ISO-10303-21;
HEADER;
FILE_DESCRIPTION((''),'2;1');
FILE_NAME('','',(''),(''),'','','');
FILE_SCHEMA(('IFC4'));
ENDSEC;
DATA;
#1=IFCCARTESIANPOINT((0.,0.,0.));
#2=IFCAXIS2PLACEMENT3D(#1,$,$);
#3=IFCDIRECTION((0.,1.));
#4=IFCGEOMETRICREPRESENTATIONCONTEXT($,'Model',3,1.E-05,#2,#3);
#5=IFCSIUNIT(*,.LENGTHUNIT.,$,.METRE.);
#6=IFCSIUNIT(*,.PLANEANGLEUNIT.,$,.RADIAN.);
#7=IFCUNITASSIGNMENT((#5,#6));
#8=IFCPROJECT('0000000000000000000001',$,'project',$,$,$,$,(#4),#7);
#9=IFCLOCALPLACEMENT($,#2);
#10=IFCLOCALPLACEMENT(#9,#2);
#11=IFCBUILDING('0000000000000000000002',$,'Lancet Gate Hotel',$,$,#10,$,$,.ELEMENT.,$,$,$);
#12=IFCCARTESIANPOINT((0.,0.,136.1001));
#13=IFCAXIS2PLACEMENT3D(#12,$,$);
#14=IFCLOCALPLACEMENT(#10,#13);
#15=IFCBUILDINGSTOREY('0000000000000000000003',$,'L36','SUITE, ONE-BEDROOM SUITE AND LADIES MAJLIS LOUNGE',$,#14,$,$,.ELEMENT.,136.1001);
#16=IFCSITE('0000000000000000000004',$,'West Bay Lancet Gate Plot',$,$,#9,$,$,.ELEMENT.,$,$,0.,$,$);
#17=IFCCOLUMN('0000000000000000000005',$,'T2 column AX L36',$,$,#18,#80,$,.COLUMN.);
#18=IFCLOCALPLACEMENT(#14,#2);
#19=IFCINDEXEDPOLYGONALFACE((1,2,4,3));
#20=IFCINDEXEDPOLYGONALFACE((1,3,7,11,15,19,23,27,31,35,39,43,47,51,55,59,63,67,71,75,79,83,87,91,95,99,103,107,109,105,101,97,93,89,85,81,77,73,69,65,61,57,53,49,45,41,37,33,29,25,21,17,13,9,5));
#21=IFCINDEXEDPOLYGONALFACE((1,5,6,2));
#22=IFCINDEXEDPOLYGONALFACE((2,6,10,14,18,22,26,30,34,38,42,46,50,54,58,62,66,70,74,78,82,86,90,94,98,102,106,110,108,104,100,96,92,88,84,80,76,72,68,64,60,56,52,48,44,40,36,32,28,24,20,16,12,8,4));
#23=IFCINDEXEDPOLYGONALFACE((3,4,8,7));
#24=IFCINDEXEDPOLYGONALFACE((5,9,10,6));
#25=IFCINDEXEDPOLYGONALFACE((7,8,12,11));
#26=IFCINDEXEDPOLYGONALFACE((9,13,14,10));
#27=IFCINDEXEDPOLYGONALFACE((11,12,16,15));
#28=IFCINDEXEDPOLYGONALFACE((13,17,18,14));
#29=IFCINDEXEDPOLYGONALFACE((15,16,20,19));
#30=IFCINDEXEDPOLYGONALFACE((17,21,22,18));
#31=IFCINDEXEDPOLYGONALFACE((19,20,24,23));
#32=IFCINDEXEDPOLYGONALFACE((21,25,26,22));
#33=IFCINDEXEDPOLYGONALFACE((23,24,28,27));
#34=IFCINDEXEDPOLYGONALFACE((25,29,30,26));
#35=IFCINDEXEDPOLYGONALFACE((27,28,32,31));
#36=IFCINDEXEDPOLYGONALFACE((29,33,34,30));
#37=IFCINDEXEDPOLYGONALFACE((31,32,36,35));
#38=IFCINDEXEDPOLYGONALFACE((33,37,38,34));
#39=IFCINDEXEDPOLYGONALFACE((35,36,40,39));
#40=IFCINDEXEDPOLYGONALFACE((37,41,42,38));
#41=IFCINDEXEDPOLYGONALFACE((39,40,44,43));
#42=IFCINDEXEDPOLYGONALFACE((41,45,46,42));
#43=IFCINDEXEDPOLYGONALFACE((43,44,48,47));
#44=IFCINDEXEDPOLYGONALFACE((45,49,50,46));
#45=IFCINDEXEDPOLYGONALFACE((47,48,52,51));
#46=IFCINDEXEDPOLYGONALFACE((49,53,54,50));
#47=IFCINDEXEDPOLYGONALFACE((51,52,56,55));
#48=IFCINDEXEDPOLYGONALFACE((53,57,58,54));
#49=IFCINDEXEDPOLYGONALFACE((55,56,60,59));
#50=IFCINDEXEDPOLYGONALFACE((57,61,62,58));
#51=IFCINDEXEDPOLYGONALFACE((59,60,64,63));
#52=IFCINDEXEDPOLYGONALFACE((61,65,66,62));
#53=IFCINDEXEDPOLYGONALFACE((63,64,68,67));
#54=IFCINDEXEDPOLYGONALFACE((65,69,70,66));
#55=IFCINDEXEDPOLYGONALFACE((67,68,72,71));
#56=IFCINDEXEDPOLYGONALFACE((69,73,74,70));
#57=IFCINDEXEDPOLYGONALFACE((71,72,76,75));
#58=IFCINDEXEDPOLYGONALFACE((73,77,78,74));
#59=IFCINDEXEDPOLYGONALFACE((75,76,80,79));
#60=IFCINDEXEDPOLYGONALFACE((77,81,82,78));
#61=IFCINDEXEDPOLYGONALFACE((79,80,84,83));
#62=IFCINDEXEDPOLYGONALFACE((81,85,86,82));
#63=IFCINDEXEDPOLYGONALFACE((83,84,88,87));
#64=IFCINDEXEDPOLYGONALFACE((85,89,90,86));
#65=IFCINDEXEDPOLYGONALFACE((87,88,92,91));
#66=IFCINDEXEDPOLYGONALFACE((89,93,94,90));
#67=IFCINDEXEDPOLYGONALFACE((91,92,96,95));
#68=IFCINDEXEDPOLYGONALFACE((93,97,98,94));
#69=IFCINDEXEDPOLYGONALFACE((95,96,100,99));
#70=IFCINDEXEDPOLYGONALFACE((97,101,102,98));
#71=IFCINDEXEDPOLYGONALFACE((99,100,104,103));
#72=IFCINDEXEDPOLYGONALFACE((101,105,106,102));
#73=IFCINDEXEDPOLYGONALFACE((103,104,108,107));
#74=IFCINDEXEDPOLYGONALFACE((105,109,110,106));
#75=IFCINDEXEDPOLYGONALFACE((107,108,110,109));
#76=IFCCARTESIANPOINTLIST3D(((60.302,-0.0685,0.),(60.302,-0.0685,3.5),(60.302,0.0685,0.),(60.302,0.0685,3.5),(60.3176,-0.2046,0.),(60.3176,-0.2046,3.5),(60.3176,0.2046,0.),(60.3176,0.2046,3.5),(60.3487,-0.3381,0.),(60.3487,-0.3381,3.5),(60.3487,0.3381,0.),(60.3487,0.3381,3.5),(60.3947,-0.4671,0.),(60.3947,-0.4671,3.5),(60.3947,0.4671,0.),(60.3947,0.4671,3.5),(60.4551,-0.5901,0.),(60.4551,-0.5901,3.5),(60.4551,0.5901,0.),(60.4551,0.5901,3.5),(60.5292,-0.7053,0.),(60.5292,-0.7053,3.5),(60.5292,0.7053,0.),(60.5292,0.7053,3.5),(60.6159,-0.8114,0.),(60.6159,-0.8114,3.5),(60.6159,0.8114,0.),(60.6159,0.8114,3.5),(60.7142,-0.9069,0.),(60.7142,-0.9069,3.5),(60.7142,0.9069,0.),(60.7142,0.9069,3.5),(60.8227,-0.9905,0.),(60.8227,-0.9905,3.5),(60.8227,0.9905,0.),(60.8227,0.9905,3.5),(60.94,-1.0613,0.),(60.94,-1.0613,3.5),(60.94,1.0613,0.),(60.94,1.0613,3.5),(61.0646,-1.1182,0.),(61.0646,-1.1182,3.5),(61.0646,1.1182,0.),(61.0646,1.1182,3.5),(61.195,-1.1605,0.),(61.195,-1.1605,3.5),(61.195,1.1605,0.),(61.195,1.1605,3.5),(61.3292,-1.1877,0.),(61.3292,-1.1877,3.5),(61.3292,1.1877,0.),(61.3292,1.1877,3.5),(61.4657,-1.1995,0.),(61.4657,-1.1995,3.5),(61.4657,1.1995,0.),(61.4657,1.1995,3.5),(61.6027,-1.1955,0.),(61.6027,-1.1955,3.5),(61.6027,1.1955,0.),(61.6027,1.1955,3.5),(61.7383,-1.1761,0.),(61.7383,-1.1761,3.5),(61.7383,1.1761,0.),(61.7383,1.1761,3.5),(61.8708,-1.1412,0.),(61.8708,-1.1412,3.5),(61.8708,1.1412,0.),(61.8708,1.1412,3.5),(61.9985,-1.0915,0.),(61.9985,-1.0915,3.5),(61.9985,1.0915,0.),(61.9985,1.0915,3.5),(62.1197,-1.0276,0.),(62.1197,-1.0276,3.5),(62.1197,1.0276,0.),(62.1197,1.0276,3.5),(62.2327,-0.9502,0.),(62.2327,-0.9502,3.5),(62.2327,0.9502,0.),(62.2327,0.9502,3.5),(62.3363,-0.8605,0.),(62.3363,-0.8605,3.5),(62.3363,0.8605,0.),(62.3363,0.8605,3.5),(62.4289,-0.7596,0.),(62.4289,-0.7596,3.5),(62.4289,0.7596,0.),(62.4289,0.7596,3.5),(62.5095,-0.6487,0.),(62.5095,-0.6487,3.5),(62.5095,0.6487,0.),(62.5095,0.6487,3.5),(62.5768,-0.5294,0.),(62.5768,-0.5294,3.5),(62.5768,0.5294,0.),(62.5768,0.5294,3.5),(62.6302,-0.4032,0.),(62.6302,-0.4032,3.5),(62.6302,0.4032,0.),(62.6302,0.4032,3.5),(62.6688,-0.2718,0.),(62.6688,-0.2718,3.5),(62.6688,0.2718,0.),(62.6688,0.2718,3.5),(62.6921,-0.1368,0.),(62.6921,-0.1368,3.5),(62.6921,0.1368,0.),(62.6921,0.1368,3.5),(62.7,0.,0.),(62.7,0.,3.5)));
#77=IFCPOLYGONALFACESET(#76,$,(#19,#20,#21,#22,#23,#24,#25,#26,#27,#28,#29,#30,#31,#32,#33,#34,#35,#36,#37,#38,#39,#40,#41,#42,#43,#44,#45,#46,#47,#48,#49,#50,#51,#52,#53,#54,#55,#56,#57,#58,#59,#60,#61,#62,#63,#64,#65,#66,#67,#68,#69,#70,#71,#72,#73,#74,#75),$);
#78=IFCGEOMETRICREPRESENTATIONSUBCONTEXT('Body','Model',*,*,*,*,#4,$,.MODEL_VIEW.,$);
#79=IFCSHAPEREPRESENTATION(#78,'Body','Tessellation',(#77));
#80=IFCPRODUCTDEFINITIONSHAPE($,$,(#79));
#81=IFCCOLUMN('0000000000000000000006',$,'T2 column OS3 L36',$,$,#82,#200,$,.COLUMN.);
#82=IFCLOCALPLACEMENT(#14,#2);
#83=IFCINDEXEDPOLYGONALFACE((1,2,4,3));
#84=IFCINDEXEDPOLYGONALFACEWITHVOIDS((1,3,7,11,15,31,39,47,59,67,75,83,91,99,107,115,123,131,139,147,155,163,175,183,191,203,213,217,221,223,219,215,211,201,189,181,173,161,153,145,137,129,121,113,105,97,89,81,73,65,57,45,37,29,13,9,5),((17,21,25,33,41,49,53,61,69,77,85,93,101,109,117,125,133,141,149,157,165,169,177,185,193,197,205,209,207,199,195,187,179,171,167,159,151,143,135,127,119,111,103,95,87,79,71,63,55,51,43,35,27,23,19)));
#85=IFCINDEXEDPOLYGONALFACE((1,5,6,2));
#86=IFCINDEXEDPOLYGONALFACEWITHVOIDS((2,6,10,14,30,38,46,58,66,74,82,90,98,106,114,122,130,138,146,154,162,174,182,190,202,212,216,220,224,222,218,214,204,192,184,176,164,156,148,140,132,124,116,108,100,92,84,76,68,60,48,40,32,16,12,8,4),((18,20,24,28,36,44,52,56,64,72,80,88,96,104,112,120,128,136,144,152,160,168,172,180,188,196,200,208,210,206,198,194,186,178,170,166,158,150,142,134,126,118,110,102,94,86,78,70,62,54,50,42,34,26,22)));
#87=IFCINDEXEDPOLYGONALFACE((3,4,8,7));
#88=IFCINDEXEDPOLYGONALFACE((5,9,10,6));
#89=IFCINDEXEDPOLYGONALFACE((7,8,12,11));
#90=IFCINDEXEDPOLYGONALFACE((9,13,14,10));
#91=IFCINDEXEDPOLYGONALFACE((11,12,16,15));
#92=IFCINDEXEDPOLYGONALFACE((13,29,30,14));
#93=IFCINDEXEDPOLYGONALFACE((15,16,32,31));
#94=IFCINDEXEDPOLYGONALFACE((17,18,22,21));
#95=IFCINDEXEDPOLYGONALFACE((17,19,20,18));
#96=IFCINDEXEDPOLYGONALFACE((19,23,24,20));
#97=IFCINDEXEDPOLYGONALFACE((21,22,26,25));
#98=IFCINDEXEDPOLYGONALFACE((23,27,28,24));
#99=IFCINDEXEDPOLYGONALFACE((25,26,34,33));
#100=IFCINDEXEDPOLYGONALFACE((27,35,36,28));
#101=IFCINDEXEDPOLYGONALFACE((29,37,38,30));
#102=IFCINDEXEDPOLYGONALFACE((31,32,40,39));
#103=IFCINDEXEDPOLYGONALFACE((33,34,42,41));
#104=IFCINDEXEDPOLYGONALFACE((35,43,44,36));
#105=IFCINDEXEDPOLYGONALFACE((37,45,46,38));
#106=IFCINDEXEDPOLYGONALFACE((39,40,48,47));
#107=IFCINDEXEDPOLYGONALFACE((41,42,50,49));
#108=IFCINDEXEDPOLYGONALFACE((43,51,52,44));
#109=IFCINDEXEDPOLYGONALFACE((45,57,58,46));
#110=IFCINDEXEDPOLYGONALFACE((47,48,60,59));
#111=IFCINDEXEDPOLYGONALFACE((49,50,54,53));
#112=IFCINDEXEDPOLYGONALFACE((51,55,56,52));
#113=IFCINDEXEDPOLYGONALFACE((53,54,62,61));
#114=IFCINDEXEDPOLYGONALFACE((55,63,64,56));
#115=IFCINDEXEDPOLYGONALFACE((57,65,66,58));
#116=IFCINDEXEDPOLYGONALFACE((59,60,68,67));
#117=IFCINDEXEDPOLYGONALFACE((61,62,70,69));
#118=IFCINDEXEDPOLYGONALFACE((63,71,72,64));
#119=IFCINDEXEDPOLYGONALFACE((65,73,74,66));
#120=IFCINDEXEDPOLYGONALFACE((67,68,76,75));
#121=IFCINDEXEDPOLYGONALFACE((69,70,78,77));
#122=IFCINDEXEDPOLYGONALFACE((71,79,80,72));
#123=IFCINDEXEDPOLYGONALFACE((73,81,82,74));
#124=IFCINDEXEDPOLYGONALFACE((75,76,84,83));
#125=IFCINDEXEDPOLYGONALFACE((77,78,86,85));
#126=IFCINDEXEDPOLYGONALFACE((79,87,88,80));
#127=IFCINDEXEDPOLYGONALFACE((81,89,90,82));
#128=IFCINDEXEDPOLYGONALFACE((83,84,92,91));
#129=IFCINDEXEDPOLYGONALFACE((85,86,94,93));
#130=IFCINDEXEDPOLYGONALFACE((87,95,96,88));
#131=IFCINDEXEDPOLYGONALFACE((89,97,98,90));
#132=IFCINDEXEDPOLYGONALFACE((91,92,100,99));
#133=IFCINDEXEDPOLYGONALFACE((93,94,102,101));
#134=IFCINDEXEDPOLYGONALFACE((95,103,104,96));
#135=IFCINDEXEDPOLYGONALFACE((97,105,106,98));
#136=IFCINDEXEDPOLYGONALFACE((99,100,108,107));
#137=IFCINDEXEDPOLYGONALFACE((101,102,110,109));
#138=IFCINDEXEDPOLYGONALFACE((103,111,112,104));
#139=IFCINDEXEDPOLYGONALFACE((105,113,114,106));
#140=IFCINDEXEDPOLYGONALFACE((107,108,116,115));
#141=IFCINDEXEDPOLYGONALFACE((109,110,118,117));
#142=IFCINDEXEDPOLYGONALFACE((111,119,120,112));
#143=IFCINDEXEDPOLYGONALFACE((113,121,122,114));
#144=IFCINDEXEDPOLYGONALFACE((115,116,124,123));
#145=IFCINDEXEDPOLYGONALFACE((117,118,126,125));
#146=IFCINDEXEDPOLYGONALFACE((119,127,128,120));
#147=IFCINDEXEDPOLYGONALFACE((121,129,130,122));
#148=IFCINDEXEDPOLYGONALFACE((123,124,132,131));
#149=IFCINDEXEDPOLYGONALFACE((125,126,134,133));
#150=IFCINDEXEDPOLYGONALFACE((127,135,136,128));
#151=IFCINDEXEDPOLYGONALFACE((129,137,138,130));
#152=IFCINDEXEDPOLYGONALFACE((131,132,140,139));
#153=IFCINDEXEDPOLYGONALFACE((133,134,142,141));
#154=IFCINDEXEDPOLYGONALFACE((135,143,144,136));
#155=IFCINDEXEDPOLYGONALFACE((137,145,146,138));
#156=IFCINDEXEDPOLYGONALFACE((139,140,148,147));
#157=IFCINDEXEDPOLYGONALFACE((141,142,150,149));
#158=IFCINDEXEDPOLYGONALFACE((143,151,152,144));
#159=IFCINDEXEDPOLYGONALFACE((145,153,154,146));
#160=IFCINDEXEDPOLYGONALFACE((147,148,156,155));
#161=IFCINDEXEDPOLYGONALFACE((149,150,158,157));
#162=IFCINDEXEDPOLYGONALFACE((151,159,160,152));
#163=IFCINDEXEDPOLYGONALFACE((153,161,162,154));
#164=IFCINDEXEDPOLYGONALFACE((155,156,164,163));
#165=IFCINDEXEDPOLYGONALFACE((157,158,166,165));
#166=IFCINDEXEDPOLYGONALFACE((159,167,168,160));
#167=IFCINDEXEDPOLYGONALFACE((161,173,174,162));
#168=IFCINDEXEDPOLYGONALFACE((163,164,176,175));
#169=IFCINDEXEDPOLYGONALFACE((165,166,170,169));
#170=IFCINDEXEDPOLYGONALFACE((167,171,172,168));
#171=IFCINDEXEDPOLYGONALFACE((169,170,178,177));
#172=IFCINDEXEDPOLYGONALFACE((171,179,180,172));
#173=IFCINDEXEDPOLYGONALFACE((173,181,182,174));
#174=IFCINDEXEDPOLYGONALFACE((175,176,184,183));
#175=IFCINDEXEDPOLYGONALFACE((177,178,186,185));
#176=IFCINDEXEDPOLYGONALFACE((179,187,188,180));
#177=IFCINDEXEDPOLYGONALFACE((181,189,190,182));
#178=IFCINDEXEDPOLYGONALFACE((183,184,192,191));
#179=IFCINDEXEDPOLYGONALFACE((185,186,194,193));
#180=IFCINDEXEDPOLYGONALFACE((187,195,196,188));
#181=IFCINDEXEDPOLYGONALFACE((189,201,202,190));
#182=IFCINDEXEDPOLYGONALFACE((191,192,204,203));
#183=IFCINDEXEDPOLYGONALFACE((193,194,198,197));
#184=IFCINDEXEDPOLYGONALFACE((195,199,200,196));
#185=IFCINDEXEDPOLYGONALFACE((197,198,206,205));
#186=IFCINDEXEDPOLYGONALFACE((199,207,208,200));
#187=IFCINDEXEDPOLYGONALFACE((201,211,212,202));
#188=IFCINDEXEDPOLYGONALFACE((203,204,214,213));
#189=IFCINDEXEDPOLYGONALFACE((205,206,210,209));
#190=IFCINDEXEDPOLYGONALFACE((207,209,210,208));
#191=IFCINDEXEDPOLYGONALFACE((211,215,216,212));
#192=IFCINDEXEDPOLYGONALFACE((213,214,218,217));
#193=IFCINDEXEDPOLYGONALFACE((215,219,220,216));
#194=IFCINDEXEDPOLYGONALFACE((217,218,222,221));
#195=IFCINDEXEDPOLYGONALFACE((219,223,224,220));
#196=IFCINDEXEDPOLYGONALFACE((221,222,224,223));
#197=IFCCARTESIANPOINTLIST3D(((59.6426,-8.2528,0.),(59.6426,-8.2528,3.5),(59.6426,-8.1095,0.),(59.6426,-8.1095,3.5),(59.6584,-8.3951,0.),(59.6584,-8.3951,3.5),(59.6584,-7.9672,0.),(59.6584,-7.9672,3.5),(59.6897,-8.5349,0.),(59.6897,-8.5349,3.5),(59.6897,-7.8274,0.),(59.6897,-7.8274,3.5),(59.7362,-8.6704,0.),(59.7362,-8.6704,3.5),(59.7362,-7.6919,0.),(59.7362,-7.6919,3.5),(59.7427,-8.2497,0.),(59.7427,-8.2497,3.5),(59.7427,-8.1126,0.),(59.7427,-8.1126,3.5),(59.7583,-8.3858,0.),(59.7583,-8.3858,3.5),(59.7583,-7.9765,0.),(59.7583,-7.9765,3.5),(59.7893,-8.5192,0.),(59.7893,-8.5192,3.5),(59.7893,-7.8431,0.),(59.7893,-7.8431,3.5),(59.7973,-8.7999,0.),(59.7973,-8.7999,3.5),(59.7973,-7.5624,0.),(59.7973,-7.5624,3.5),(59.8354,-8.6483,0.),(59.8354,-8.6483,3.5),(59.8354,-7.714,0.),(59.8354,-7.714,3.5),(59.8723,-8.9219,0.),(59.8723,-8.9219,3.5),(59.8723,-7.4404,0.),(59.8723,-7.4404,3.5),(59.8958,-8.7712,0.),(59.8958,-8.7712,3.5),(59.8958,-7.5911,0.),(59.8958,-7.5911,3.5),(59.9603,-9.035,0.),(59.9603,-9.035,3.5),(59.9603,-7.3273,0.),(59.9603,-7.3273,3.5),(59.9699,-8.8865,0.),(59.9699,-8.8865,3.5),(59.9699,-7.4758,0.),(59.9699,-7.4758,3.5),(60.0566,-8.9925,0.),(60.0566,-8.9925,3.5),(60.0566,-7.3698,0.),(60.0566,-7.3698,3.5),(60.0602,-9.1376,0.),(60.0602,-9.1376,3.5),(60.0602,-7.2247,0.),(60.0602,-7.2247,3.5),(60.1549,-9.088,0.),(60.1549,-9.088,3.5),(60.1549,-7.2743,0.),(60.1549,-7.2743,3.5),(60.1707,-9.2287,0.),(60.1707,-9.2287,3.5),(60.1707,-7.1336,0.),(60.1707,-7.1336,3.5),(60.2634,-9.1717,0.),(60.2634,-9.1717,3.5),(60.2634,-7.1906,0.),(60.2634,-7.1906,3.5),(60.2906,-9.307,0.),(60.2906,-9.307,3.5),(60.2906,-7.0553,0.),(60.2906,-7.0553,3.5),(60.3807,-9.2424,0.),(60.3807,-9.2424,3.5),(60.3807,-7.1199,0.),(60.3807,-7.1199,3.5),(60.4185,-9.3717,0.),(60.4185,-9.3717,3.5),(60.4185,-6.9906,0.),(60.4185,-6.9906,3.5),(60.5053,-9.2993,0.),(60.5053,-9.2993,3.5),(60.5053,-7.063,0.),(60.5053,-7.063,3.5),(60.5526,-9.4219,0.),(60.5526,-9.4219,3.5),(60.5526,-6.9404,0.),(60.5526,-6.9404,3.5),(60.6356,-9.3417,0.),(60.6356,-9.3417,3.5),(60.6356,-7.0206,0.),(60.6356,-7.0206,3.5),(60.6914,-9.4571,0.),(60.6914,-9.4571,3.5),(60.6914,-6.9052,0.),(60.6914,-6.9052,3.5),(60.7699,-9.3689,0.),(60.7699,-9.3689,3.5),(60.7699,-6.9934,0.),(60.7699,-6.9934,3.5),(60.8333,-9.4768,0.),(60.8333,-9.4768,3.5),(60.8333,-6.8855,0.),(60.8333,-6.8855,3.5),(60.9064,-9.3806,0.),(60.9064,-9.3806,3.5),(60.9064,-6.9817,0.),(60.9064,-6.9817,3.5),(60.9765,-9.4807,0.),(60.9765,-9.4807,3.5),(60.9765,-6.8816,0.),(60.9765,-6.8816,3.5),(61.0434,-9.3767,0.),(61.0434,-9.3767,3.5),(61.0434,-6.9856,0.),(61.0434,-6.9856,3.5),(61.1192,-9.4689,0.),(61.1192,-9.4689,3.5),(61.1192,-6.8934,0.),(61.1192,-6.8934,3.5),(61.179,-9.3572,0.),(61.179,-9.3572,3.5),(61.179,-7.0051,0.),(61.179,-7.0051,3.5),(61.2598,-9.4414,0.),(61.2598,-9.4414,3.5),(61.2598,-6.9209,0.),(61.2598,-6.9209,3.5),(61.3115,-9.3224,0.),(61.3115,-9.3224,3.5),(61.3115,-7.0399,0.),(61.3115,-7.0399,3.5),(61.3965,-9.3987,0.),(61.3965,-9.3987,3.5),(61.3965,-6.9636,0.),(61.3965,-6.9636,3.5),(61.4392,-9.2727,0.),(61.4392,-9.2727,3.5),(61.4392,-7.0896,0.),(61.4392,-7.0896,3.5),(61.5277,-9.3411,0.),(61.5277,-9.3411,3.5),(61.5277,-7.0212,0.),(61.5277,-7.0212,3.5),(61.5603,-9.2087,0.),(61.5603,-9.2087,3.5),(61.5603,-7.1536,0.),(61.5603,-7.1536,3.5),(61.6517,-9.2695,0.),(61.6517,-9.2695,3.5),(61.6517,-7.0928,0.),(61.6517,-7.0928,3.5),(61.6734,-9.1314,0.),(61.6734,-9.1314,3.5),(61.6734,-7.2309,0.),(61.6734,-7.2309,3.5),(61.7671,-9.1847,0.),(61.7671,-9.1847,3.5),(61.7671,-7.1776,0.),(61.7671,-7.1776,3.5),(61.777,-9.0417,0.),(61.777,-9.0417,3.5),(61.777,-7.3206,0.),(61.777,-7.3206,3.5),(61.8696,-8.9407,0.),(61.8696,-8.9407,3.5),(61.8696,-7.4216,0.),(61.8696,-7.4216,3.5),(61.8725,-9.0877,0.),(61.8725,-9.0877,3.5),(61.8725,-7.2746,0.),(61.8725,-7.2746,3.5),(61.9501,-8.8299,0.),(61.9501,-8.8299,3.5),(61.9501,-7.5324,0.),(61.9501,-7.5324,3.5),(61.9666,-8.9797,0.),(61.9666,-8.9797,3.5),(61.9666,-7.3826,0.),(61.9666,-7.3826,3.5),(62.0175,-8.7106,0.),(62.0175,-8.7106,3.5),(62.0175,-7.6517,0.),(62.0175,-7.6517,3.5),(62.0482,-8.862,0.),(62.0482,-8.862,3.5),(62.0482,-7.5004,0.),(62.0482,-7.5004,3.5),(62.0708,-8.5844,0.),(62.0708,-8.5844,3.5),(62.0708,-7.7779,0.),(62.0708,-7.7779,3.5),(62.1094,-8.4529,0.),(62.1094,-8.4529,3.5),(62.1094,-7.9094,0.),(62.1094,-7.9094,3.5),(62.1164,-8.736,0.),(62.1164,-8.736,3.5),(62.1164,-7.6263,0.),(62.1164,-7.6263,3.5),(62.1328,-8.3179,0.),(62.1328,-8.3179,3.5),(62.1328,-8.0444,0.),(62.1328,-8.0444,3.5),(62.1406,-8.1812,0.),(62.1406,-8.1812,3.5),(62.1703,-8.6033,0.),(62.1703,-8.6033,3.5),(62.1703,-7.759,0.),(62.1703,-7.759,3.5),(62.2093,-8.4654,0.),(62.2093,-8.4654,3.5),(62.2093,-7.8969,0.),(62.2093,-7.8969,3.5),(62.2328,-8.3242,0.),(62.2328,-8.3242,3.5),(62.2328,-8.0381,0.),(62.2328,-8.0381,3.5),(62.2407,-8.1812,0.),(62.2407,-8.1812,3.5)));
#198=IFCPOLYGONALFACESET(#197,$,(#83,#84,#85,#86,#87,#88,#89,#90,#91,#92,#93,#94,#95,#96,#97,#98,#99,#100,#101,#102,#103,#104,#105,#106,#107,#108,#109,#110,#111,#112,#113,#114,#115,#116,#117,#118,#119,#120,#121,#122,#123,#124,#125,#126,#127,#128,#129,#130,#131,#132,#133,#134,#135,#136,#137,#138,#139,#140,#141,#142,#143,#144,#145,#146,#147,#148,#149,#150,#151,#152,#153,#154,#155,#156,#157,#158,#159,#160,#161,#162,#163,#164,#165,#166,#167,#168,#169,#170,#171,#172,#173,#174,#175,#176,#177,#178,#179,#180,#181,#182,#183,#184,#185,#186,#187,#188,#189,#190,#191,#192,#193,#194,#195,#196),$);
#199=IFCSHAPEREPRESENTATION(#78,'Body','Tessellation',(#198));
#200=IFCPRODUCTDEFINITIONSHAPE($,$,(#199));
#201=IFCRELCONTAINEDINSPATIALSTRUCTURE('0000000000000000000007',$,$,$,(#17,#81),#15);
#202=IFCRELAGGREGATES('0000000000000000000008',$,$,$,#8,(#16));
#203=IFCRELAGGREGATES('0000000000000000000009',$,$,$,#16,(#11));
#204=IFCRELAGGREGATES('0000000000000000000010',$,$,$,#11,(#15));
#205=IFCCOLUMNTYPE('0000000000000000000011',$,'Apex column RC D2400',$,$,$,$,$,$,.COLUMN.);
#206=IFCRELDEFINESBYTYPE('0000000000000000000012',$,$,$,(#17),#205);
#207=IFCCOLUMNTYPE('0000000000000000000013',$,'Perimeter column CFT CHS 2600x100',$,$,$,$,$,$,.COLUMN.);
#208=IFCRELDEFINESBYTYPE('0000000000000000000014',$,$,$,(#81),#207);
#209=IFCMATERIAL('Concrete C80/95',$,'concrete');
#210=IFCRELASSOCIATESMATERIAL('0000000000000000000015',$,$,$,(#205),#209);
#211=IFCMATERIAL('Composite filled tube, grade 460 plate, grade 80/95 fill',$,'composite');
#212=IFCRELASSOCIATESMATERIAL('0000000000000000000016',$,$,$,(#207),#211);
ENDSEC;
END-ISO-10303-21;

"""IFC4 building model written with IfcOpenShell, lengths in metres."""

from ifc_helpers import new_model, si_unit, direction, frame, origin, origin_2d, place, context, subcontext, project, spatial, circle, hollow_circle, extrude, material, material_profile, profile_set, type_object, element, save


model = new_model("IFC4")

# Units and contexts
model_context = context("Model", 3, precision=1e-05, world=origin(), true_north=direction((0.0, 1.0)))
body_context = subcontext(model_context, "Body", "Model", "MODEL_VIEW")
ifc_project = project(units=[si_unit("LENGTHUNIT", "METRE"), si_unit("PLANEANGLEUNIT", "RADIAN")], contexts=[model_context])

# Site, building, storey
site_placement = place(None, origin())
site = spatial("IfcSite", under=ifc_project, at=site_placement, Name="West Bay Lancet Gate Plot", CompositionType="ELEMENT", RefElevation=0.0)
building_placement = place(site_placement, origin())
building = spatial("IfcBuilding", under=site, at=building_placement, Name="Lancet Gate Hotel", CompositionType="ELEMENT")
storey_placement = place(building_placement, frame((0.0, 0.0, 136.1001)))
storey = spatial("IfcBuildingStorey", under=building, at=storey_placement, Name="L36", Description="SUITE, ONE-BEDROOM SUITE AND LADIES MAJLIS LOUNGE", CompositionType="ELEMENT", Elevation=136.1001)

# Columns
ifc_material_1 = material(Name="Concrete C80/95", Category="concrete")
ifc_material_profile_1 = material_profile(ifc_material_1, circle(Radius=1.2, at=origin_2d()), Name="RC D2400")
ifc_profile_set_1 = profile_set([ifc_material_profile_1], Name="Concrete C80/95")
column_type_1 = type_object("IfcColumnType", Name="Apex column RC D2400", PredefinedType="COLUMN", material=ifc_profile_set_1)
column_1_placement = place(storey_placement, frame((61.5, 0.0, 0.0), z_axis=(0.0, 0.0, 1.0), x_axis=(1.0, 0.0, 0.0)))
element("IfcColumn", 1, at=column_1_placement, inside=storey, type_object=column_type_1, Name="T2 column AX L36", PredefinedType="COLUMN", context=body_context, shape_type="SweptSolid", body=[
    extrude(circle(Radius=1.2, at=origin_2d()), origin(), (0.0, 0.0, 1.0), 3.5),
])
ifc_material_2 = material(Name="Composite filled tube, grade 460 plate, grade 80/95 fill", Category="composite")
ifc_material_profile_2 = material_profile(ifc_material_2, hollow_circle(Radius=1.3, WallThickness=0.1001, at=origin_2d()), Name="CHS 2600x100")
ifc_profile_set_2 = profile_set([ifc_material_profile_2], Name="Composite filled tube, grade 460 plate, grade 80/95 fill")
column_type_2 = type_object("IfcColumnType", Name="Perimeter column CFT CHS 2600x100", PredefinedType="COLUMN", material=ifc_profile_set_2)
column_2_placement = place(storey_placement, frame((60.9407, -8.1812, 0.0), z_axis=(0.0, 0.0, 1.0), x_axis=(1.0, 0.0, 0.0)))
element("IfcColumn", 2, at=column_2_placement, inside=storey, type_object=column_type_2, Name="T2 column OS3 L36", PredefinedType="COLUMN", context=body_context, shape_type="SweptSolid", body=[
    extrude(hollow_circle(Radius=1.3, WallThickness=0.1001, at=origin_2d()), origin(), (0.0, 0.0, 1.0), 3.5),
])

save(model, "model.ifc")
